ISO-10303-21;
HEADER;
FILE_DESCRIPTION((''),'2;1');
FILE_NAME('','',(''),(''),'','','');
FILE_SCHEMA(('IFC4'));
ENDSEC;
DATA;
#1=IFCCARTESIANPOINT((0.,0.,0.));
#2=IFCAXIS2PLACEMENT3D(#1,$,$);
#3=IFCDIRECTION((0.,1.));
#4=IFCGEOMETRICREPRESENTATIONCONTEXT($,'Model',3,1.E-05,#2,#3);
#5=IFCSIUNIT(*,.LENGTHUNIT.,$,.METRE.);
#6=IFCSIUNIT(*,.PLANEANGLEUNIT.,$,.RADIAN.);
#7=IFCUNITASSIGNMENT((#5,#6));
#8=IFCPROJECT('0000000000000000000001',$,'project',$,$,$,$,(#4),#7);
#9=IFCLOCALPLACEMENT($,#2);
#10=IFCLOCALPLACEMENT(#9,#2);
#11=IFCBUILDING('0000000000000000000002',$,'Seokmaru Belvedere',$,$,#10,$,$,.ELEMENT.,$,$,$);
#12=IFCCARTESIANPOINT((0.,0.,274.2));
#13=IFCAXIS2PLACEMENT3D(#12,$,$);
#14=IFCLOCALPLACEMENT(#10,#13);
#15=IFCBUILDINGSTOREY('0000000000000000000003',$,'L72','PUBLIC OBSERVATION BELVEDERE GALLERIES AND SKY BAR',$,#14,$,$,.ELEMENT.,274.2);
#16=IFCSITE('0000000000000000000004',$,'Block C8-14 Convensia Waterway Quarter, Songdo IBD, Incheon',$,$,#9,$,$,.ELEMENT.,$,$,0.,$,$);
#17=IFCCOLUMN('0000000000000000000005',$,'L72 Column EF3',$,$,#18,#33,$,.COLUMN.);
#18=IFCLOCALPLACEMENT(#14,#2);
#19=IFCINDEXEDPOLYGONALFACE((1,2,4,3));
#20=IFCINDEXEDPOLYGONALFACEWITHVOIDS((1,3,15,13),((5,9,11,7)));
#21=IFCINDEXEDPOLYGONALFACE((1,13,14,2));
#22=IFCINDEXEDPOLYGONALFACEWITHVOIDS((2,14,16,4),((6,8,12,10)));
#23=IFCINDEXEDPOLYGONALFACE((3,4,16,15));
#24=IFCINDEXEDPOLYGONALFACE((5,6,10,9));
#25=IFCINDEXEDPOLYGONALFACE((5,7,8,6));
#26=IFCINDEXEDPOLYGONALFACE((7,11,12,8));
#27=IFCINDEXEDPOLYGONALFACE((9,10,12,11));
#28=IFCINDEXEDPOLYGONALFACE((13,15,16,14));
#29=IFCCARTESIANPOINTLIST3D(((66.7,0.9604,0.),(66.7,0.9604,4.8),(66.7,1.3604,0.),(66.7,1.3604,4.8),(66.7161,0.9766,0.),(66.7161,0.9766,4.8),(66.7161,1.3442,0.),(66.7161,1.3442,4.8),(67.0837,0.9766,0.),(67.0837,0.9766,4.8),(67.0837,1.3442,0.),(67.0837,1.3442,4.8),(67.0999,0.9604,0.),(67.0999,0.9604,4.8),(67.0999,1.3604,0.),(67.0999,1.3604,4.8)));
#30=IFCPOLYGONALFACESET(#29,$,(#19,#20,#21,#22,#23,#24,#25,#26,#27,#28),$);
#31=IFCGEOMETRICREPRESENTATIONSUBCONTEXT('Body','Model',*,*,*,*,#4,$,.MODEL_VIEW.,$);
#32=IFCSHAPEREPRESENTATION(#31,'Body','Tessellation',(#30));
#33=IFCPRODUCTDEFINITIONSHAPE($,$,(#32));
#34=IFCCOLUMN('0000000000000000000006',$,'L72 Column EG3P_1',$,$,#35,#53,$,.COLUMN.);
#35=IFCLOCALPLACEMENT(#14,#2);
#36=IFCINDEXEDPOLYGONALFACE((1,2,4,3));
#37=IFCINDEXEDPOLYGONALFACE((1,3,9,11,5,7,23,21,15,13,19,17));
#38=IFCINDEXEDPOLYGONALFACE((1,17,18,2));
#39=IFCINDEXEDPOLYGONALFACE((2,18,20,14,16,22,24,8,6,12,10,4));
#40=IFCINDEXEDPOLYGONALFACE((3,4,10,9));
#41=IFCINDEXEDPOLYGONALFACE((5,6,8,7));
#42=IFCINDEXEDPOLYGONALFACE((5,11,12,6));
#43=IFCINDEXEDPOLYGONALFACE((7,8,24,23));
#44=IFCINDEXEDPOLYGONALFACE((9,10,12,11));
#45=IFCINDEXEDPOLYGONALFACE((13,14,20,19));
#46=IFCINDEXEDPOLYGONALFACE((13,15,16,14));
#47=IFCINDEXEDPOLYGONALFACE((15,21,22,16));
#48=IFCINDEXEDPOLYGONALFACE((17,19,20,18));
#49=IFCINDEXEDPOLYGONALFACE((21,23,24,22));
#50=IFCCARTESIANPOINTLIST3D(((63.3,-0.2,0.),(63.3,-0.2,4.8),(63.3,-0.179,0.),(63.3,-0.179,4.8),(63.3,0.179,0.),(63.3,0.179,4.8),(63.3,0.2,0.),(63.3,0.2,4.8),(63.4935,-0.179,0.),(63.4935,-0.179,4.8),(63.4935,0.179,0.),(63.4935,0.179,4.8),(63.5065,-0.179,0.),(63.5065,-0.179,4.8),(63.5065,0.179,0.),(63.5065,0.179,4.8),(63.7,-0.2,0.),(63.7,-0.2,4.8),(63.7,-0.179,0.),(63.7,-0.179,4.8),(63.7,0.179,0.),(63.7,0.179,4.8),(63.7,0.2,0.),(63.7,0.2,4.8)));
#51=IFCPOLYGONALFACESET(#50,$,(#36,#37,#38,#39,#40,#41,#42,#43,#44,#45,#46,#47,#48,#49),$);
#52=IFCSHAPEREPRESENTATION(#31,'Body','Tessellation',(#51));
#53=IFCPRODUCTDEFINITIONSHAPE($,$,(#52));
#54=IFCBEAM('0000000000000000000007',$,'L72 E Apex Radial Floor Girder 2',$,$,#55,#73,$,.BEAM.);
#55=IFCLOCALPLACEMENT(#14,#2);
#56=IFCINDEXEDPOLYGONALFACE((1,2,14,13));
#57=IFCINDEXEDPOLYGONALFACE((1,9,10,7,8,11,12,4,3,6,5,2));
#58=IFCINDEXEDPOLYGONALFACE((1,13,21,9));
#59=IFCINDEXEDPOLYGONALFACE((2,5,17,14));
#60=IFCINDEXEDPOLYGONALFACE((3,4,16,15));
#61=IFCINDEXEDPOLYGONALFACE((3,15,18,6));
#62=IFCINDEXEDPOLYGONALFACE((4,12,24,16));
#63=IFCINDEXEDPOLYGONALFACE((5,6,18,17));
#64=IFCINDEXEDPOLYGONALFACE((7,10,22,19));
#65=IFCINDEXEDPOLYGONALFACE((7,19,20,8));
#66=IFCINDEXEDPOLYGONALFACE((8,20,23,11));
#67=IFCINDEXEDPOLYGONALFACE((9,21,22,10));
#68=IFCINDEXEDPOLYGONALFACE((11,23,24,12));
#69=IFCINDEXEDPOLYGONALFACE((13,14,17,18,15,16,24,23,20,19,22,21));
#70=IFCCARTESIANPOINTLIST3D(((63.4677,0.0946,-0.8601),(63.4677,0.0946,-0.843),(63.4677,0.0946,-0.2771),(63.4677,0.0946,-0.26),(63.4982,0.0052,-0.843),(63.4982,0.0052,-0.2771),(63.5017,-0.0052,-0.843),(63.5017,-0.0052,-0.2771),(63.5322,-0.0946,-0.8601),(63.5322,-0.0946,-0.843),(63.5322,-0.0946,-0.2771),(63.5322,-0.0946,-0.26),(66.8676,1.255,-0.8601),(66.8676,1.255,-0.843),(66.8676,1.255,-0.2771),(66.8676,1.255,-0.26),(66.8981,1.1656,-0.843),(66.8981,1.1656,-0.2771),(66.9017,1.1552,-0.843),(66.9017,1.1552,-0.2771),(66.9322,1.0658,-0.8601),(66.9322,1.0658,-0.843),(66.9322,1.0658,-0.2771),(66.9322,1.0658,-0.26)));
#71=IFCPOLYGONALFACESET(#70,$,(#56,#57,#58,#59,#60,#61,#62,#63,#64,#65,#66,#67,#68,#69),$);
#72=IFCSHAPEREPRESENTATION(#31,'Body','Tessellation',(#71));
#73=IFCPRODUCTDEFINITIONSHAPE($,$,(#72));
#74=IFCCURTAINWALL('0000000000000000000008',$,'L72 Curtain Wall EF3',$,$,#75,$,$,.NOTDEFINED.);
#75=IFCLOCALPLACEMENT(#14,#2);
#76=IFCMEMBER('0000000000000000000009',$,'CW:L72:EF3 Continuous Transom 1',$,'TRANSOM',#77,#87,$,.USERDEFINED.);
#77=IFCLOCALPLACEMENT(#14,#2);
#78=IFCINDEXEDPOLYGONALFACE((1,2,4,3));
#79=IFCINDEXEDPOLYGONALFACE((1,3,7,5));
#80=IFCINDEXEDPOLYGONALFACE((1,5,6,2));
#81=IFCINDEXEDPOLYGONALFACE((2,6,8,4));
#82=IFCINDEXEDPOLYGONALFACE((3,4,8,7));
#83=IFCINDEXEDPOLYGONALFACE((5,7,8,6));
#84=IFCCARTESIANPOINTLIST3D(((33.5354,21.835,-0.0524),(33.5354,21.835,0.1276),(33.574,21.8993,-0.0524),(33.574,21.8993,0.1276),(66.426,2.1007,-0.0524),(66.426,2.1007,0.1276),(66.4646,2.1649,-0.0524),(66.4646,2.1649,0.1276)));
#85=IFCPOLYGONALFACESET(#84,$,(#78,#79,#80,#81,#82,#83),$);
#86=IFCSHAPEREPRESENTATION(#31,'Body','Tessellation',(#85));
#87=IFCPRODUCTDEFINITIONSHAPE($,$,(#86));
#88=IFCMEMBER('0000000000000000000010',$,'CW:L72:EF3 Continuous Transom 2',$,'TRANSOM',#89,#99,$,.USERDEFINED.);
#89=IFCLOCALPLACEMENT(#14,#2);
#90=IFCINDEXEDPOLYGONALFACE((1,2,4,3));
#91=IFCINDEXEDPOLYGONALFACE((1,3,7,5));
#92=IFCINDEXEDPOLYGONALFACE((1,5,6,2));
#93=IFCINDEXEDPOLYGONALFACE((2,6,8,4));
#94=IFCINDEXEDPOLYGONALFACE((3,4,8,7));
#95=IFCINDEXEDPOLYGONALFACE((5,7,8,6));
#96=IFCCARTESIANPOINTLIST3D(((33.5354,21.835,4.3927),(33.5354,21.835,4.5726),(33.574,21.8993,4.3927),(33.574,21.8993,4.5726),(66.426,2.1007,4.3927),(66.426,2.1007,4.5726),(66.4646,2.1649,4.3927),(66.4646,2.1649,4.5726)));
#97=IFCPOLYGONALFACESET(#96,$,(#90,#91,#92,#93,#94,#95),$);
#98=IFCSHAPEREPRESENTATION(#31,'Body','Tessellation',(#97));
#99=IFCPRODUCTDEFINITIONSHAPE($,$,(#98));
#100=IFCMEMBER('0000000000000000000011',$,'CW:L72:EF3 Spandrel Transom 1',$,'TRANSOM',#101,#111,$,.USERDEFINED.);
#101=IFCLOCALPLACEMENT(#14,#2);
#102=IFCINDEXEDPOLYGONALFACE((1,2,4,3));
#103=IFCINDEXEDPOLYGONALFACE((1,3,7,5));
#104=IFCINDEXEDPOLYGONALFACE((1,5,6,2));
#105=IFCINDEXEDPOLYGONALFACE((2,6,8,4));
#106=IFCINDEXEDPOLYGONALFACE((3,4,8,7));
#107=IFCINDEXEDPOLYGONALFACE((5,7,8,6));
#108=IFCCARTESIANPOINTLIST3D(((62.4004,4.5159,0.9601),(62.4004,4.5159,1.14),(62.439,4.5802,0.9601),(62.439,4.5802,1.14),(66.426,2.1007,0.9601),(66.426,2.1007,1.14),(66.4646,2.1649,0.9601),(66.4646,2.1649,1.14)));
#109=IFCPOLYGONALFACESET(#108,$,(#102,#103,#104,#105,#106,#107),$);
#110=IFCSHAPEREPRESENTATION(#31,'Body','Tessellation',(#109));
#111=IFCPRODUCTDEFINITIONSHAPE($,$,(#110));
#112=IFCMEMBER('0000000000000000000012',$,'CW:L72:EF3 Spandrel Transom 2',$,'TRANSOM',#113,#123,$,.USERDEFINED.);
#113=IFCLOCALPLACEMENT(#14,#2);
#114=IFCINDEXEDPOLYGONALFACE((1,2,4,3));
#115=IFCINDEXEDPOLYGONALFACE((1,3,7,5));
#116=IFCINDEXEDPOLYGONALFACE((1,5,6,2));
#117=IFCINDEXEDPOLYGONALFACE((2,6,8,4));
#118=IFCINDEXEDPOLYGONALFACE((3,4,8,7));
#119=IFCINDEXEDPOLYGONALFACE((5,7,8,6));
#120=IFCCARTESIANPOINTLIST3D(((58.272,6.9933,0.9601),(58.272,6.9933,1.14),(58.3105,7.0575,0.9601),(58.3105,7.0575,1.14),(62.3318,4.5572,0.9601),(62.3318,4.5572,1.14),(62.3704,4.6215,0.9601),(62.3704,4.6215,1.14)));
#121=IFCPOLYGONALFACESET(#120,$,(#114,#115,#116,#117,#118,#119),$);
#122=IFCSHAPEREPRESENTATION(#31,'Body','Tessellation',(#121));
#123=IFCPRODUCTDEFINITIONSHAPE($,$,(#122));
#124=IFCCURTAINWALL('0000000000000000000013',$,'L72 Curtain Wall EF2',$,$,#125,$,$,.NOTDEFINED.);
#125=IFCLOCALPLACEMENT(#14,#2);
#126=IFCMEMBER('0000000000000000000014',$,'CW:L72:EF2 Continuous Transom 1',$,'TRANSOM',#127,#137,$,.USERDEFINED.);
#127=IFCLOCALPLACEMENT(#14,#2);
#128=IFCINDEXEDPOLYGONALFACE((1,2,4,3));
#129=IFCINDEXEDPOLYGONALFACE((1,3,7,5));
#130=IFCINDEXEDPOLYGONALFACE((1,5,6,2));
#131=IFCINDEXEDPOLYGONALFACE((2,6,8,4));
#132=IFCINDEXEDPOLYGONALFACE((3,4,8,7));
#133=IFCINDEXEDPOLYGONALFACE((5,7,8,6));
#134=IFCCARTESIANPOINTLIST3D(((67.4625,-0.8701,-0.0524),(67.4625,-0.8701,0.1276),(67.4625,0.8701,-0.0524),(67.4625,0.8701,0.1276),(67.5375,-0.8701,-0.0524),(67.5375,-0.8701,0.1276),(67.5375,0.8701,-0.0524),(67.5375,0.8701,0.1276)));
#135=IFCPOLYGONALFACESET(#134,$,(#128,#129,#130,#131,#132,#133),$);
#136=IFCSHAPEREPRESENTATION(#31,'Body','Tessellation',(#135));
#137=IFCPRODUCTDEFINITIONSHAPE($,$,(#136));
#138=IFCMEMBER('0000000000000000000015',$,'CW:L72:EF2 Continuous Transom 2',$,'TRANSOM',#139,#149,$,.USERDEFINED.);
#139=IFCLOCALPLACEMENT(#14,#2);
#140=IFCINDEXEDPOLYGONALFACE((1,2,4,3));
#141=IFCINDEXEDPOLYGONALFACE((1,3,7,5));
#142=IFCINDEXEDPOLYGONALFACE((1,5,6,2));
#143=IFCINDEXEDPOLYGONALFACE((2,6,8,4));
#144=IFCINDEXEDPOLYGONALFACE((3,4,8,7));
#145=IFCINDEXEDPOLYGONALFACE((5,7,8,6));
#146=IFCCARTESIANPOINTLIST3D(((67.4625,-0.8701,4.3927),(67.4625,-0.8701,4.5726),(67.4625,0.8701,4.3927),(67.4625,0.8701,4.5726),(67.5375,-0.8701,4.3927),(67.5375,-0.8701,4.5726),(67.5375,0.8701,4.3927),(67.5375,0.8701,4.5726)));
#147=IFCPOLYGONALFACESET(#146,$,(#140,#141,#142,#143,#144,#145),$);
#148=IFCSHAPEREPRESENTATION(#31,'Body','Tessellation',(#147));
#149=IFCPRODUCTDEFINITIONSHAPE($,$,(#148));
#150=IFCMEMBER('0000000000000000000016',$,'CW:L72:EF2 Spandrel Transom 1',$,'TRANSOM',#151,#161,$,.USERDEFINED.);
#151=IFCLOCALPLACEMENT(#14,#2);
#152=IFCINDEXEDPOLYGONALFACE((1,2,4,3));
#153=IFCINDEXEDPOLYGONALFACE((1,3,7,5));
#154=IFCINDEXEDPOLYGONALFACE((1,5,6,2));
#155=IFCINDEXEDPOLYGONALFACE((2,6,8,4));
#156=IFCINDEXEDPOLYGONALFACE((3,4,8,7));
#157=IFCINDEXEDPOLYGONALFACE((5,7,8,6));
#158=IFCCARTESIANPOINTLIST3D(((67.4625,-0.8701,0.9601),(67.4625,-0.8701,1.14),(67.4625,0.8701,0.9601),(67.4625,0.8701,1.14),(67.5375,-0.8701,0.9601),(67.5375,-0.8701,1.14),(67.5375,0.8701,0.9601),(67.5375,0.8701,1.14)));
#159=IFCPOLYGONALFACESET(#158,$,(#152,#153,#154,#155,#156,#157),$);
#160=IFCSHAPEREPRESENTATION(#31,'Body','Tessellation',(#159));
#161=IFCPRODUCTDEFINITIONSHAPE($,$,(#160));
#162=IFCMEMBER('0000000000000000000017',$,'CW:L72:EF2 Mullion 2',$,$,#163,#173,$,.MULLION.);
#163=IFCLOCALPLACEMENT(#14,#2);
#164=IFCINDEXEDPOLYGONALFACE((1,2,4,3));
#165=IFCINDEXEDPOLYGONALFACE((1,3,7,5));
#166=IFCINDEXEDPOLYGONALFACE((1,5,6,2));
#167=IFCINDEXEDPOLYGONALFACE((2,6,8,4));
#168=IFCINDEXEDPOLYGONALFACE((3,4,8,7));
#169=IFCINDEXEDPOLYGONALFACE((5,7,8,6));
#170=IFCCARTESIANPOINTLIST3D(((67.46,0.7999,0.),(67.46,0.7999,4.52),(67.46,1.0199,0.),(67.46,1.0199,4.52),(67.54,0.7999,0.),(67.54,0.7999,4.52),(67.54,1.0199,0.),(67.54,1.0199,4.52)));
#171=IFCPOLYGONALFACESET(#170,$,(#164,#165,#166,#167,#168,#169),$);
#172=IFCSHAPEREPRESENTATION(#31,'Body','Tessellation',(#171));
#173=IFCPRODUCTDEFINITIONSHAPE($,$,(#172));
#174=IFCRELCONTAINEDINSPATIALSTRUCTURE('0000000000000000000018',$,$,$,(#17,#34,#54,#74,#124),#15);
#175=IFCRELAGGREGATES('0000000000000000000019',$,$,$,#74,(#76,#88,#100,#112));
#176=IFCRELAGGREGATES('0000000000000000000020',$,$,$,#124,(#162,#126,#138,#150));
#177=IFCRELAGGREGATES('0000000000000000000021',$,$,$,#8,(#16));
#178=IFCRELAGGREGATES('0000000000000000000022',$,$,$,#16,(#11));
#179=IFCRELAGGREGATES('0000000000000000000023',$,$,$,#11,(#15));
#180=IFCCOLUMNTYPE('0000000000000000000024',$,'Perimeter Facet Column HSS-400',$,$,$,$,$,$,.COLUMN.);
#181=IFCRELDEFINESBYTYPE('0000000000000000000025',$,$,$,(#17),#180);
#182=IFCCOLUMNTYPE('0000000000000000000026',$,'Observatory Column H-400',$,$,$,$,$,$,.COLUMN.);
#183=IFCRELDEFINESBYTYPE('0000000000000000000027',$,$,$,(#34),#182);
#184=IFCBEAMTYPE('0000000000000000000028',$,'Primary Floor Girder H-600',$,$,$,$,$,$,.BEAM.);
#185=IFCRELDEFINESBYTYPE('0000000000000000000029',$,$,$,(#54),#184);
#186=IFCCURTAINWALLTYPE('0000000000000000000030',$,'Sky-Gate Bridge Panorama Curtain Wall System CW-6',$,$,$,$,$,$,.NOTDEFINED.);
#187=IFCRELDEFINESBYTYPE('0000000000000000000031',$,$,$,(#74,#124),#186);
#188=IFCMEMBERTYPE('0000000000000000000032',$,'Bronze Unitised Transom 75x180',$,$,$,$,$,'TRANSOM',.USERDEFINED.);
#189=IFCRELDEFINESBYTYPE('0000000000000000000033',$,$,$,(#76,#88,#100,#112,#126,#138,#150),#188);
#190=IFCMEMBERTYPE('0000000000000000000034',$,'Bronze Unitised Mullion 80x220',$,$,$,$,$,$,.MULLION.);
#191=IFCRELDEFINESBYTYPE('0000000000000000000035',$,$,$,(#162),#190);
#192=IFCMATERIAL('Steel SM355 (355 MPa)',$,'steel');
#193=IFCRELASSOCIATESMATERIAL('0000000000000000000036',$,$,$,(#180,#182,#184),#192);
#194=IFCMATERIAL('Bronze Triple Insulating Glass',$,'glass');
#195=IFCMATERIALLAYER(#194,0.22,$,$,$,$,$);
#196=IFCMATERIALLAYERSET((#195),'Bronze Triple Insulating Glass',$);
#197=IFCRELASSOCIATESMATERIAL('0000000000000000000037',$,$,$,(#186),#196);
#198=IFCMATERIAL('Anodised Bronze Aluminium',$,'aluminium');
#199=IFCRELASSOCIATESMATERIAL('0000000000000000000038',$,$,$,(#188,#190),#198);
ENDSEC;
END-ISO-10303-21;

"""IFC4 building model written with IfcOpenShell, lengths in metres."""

from ifc_helpers import new_model, si_unit, direction, frame, origin, origin_2d, place, context, subcontext, project, spatial, rectangle, hollow_rectangle, i_section, extrude, source, transform, mapped, material, layer, layer_set, material_profile, profile_set, type_object, type_shapes, element, aggregate, save


model = new_model("IFC4")

# Units and contexts
model_context = context("Model", 3, precision=1e-05, world=origin(), true_north=direction((0.0, 1.0)))
body_context = subcontext(model_context, "Body", "Model", "MODEL_VIEW")
ifc_project = project(units=[si_unit("LENGTHUNIT", "METRE"), si_unit("PLANEANGLEUNIT", "RADIAN")], contexts=[model_context])

# Site, building, storey
site_placement = place(None, origin())
site = spatial("IfcSite", under=ifc_project, at=site_placement, Name="Block C8-14 Convensia Waterway Quarter, Songdo IBD, Incheon", CompositionType="ELEMENT", RefElevation=0.0)
building_placement = place(site_placement, origin())
building = spatial("IfcBuilding", under=site, at=building_placement, Name="Seokmaru Belvedere", CompositionType="ELEMENT")
storey_placement = place(building_placement, frame((0.0, 0.0, 274.2)))
storey = spatial("IfcBuildingStorey", under=building, at=storey_placement, Name="L72", Description="PUBLIC OBSERVATION BELVEDERE GALLERIES AND SKY BAR", CompositionType="ELEMENT", Elevation=274.2)

# Columns
ifc_material_1 = material(Name="Steel SM355 (355 MPa)", Category="steel")
ifc_material_profile_1 = material_profile(ifc_material_1, hollow_rectangle(XDim=0.3999, YDim=0.3999, WallThickness=0.0161, at=origin_2d()), Name="HSS-400x400x16")
ifc_profile_set_1 = profile_set([ifc_material_profile_1], Name="Steel SM355 (355 MPa)")
column_type_1 = type_object("IfcColumnType", Name="Perimeter Facet Column HSS-400", PredefinedType="COLUMN", material=ifc_profile_set_1)
shared_shape_1 = source(origin(), body_context, "Body", "SweptSolid", [
    extrude(hollow_rectangle(XDim=0.3999, YDim=0.3999, WallThickness=0.0161, at=origin_2d()), origin(), (0.0, 0.0, 1.0), 4.8),
])
type_shapes(column_type_1, [shared_shape_1])
column_1_placement = place(storey_placement, frame((66.8999, 1.1604, 0.0), z_axis=(0.0, 0.0, 1.0), x_axis=(1.0, 0.0, 0.0)))
element("IfcColumn", 1, at=column_1_placement, inside=storey, type_object=column_type_1, Name="L72 Column EF3", PredefinedType="COLUMN", context=body_context, shape_type="MappedRepresentation", body=[
    mapped(shared_shape_1, transform((0.0, 0.0, 0.0), scale=1.0)),
])
ifc_material_profile_2 = material_profile(ifc_material_1, i_section(OverallWidth=0.3999, OverallDepth=0.3999, WebThickness=0.0129, FlangeThickness=0.021, at=origin_2d()), Name="H-400x400x13x21")
ifc_profile_set_2 = profile_set([ifc_material_profile_2], Name="Steel SM355 (355 MPa)")
column_type_2 = type_object("IfcColumnType", Name="Observatory Column H-400", PredefinedType="COLUMN", material=ifc_profile_set_2)
shared_shape_2 = source(origin(), body_context, "Body", "SweptSolid", [
    extrude(i_section(OverallWidth=0.3999, OverallDepth=0.3999, WebThickness=0.0129, FlangeThickness=0.021, at=origin_2d()), origin(), (0.0, 0.0, 1.0), 4.8),
])
type_shapes(column_type_2, [shared_shape_2])
column_2_placement = place(storey_placement, frame((63.5, 0.0, 0.0), z_axis=(0.0, 0.0, 1.0), x_axis=(1.0, 0.0, 0.0)))
element("IfcColumn", 2, at=column_2_placement, inside=storey, type_object=column_type_2, Name="L72 Column EG3P_1", PredefinedType="COLUMN", context=body_context, shape_type="MappedRepresentation", body=[
    mapped(shared_shape_2, transform((0.0, 0.0, 0.0), scale=1.0)),
])

# Beam
ifc_material_profile_3 = material_profile(ifc_material_1, i_section(OverallWidth=0.2, OverallDepth=0.6001, WebThickness=0.011, FlangeThickness=0.0171, at=origin_2d()), Name="H-600x200x11x17")
ifc_profile_set_3 = profile_set([ifc_material_profile_3], Name="Steel SM355 (355 MPa)")
beam_type = type_object("IfcBeamType", Name="Primary Floor Girder H-600", PredefinedType="BEAM", material=ifc_profile_set_3)
shared_shape_3 = source(origin(), body_context, "Body", "SweptSolid", [
    extrude(i_section(OverallWidth=0.2, OverallDepth=0.6001, WebThickness=0.011, FlangeThickness=0.0171, at=origin_2d()), origin(), (0.0, 0.0, 1.0), 3.5925),
])
type_shapes(beam_type, [shared_shape_3])
beam_placement = place(storey_placement, frame((66.8999, 1.1604, -0.5601), z_axis=(-0.946396, -0.323009, 0.0), x_axis=(0.323009, -0.946396, 0.0)))
element("IfcBeam", 3, at=beam_placement, inside=storey, type_object=beam_type, Name="L72 E Apex Radial Floor Girder 2", PredefinedType="BEAM", context=body_context, shape_type="MappedRepresentation", body=[
    mapped(shared_shape_3, transform((0.0, 0.0, 0.0), scale=1.0)),
])

# Curtain walls, members
ifc_material_2 = material(Name="Bronze Triple Insulating Glass", Category="glass")
ifc_layer_1 = layer(ifc_material_2, 0.22)
ifc_layer_set_1 = layer_set([ifc_layer_1], Name="Bronze Triple Insulating Glass")
curtain_wall_type = type_object("IfcCurtainWallType", Name="Sky-Gate Bridge Panorama Curtain Wall System CW-6", PredefinedType="NOTDEFINED", material=ifc_layer_set_1)
curtain_wall_1_placement = place(storey_placement, origin())
curtain_wall_1 = element("IfcCurtainWall", 4, at=curtain_wall_1_placement, inside=storey, type_object=curtain_wall_type, Name="L72 Curtain Wall EF3", PredefinedType="NOTDEFINED")
ifc_material_3 = material(Name="Anodised Bronze Aluminium", Category="aluminium")
ifc_material_profile_4 = material_profile(ifc_material_3, rectangle(XDim=0.075, YDim=0.1799, at=origin_2d()), Name="CW-T-75x180")
ifc_profile_set_4 = profile_set([ifc_material_profile_4], Name="Anodised Bronze Aluminium")
member_type_1 = type_object("IfcMemberType", Name="Bronze Unitised Transom 75x180", ElementType="TRANSOM", PredefinedType="USERDEFINED", material=ifc_profile_set_4)
shared_shape_4 = source(origin(), body_context, "Body", "SweptSolid", [
    extrude(rectangle(XDim=0.075, YDim=0.1799, at=origin_2d()), origin(), (0.0, 0.0, 1.0), 38.3567),
])
member_1_placement = place(storey_placement, frame((66.4453, 2.1328, 0.0376), z_axis=(-0.857493, 0.514496, 0.0), x_axis=(-0.514496, -0.857493, 0.0)))
member_1 = element("IfcMember", 5, at=member_1_placement, type_object=member_type_1, Name="CW:L72:EF3 Continuous Transom 1", ObjectType="TRANSOM", PredefinedType="USERDEFINED", context=body_context, shape_type="MappedRepresentation", body=[
    mapped(shared_shape_4, transform((0.0, 0.0, 0.0), scale=1.0)),
])
member_2_placement = place(storey_placement, frame((66.4453, 2.1328, 4.4827), z_axis=(-0.857493, 0.514496, 0.0), x_axis=(-0.514496, -0.857493, 0.0)))
member_2 = element("IfcMember", 6, at=member_2_placement, type_object=member_type_1, Name="CW:L72:EF3 Continuous Transom 2", ObjectType="TRANSOM", PredefinedType="USERDEFINED", context=body_context, shape_type="MappedRepresentation", body=[
    mapped(shared_shape_4, transform((0.0, 0.0, 0.0), scale=1.0)),
])
shared_shape_5 = source(origin(), body_context, "Body", "SweptSolid", [
    extrude(rectangle(XDim=0.075, YDim=0.1799, at=origin_2d()), origin(), (0.0, 0.0, 1.0), 4.6946),
])
member_3_placement = place(storey_placement, frame((66.4453, 2.1328, 1.05), z_axis=(-0.857502, 0.51448, 0.0), x_axis=(-0.51448, -0.857502, 0.0)))
member_3 = element("IfcMember", 7, at=member_3_placement, type_object=member_type_1, Name="CW:L72:EF3 Spandrel Transom 1", ObjectType="TRANSOM", PredefinedType="USERDEFINED", context=body_context, shape_type="MappedRepresentation", body=[
    mapped(shared_shape_5, transform((0.0, 0.0, 0.0), scale=1.0)),
])
shared_shape_6 = source(origin(), body_context, "Body", "SweptSolid", [
    extrude(rectangle(XDim=0.075, YDim=0.1799, at=origin_2d()), origin(), (0.0, 0.0, 1.0), 4.7346),
])
member_4_placement = place(storey_placement, frame((62.3511, 4.5894, 1.05), z_axis=(-0.857479, 0.514519, 0.0), x_axis=(-0.514519, -0.857479, 0.0)))
member_4 = element("IfcMember", 8, at=member_4_placement, type_object=member_type_1, Name="CW:L72:EF3 Spandrel Transom 2", ObjectType="TRANSOM", PredefinedType="USERDEFINED", context=body_context, shape_type="MappedRepresentation", body=[
    mapped(shared_shape_6, transform((0.0, 0.0, 0.0), scale=1.0)),
])
curtain_wall_2_placement = place(storey_placement, origin())
curtain_wall_2 = element("IfcCurtainWall", 9, at=curtain_wall_2_placement, inside=storey, type_object=curtain_wall_type, Name="L72 Curtain Wall EF2", PredefinedType="NOTDEFINED")
shared_shape_7 = source(origin(), body_context, "Body", "SweptSolid", [
    extrude(rectangle(XDim=0.075, YDim=0.1799, at=origin_2d()), origin(), (0.0, 0.0, 1.0), 1.7402),
])
type_shapes(member_type_1, [shared_shape_4, shared_shape_5, shared_shape_6, shared_shape_7])
member_5_placement = place(storey_placement, frame((67.5, -0.8701, 0.0376), z_axis=(0.0, 1.0, 0.0), x_axis=(-1.0, 0.0, 0.0)))
member_5 = element("IfcMember", 10, at=member_5_placement, type_object=member_type_1, Name="CW:L72:EF2 Continuous Transom 1", ObjectType="TRANSOM", PredefinedType="USERDEFINED", context=body_context, shape_type="MappedRepresentation", body=[
    mapped(shared_shape_7, transform((0.0, 0.0, 0.0), scale=1.0)),
])
member_6_placement = place(storey_placement, frame((67.5, -0.8701, 4.4827), z_axis=(0.0, 1.0, 0.0), x_axis=(-1.0, 0.0, 0.0)))
member_6 = element("IfcMember", 11, at=member_6_placement, type_object=member_type_1, Name="CW:L72:EF2 Continuous Transom 2", ObjectType="TRANSOM", PredefinedType="USERDEFINED", context=body_context, shape_type="MappedRepresentation", body=[
    mapped(shared_shape_7, transform((0.0, 0.0, 0.0), scale=1.0)),
])
member_7_placement = place(storey_placement, frame((67.5, -0.8701, 1.05), z_axis=(0.0, 1.0, 0.0), x_axis=(-1.0, 0.0, 0.0)))
member_7 = element("IfcMember", 12, at=member_7_placement, type_object=member_type_1, Name="CW:L72:EF2 Spandrel Transom 1", ObjectType="TRANSOM", PredefinedType="USERDEFINED", context=body_context, shape_type="MappedRepresentation", body=[
    mapped(shared_shape_7, transform((0.0, 0.0, 0.0), scale=1.0)),
])
ifc_material_profile_5 = material_profile(ifc_material_3, rectangle(XDim=0.0801, YDim=0.22, at=origin_2d()), Name="CW-M-80x220")
ifc_profile_set_5 = profile_set([ifc_material_profile_5], Name="Anodised Bronze Aluminium")
member_type_2 = type_object("IfcMemberType", Name="Bronze Unitised Mullion 80x220", PredefinedType="MULLION", material=ifc_profile_set_5)
shared_shape_8 = source(origin(), body_context, "Body", "SweptSolid", [
    extrude(rectangle(XDim=0.0801, YDim=0.22, at=origin_2d()), origin(), (0.0, 0.0, 1.0), 4.52),
])
member_8_placement = place(storey_placement, frame((67.5, 0.9099, 0.0), z_axis=(0.0, 0.0, 1.0), x_axis=(-1.0, 0.0, 0.0)))
member_8 = element("IfcMember", 13, at=member_8_placement, type_object=member_type_2, Name="CW:L72:EF2 Mullion 2", PredefinedType="MULLION", context=body_context, shape_type="MappedRepresentation", body=[
    mapped(shared_shape_8, transform((0.0, 0.0, 0.0), scale=1.0)),
])

aggregate(curtain_wall_1, [member_1, member_2, member_3, member_4])
aggregate(curtain_wall_2, [member_8, member_5, member_6, member_7])

save(model, "model.ifc")
